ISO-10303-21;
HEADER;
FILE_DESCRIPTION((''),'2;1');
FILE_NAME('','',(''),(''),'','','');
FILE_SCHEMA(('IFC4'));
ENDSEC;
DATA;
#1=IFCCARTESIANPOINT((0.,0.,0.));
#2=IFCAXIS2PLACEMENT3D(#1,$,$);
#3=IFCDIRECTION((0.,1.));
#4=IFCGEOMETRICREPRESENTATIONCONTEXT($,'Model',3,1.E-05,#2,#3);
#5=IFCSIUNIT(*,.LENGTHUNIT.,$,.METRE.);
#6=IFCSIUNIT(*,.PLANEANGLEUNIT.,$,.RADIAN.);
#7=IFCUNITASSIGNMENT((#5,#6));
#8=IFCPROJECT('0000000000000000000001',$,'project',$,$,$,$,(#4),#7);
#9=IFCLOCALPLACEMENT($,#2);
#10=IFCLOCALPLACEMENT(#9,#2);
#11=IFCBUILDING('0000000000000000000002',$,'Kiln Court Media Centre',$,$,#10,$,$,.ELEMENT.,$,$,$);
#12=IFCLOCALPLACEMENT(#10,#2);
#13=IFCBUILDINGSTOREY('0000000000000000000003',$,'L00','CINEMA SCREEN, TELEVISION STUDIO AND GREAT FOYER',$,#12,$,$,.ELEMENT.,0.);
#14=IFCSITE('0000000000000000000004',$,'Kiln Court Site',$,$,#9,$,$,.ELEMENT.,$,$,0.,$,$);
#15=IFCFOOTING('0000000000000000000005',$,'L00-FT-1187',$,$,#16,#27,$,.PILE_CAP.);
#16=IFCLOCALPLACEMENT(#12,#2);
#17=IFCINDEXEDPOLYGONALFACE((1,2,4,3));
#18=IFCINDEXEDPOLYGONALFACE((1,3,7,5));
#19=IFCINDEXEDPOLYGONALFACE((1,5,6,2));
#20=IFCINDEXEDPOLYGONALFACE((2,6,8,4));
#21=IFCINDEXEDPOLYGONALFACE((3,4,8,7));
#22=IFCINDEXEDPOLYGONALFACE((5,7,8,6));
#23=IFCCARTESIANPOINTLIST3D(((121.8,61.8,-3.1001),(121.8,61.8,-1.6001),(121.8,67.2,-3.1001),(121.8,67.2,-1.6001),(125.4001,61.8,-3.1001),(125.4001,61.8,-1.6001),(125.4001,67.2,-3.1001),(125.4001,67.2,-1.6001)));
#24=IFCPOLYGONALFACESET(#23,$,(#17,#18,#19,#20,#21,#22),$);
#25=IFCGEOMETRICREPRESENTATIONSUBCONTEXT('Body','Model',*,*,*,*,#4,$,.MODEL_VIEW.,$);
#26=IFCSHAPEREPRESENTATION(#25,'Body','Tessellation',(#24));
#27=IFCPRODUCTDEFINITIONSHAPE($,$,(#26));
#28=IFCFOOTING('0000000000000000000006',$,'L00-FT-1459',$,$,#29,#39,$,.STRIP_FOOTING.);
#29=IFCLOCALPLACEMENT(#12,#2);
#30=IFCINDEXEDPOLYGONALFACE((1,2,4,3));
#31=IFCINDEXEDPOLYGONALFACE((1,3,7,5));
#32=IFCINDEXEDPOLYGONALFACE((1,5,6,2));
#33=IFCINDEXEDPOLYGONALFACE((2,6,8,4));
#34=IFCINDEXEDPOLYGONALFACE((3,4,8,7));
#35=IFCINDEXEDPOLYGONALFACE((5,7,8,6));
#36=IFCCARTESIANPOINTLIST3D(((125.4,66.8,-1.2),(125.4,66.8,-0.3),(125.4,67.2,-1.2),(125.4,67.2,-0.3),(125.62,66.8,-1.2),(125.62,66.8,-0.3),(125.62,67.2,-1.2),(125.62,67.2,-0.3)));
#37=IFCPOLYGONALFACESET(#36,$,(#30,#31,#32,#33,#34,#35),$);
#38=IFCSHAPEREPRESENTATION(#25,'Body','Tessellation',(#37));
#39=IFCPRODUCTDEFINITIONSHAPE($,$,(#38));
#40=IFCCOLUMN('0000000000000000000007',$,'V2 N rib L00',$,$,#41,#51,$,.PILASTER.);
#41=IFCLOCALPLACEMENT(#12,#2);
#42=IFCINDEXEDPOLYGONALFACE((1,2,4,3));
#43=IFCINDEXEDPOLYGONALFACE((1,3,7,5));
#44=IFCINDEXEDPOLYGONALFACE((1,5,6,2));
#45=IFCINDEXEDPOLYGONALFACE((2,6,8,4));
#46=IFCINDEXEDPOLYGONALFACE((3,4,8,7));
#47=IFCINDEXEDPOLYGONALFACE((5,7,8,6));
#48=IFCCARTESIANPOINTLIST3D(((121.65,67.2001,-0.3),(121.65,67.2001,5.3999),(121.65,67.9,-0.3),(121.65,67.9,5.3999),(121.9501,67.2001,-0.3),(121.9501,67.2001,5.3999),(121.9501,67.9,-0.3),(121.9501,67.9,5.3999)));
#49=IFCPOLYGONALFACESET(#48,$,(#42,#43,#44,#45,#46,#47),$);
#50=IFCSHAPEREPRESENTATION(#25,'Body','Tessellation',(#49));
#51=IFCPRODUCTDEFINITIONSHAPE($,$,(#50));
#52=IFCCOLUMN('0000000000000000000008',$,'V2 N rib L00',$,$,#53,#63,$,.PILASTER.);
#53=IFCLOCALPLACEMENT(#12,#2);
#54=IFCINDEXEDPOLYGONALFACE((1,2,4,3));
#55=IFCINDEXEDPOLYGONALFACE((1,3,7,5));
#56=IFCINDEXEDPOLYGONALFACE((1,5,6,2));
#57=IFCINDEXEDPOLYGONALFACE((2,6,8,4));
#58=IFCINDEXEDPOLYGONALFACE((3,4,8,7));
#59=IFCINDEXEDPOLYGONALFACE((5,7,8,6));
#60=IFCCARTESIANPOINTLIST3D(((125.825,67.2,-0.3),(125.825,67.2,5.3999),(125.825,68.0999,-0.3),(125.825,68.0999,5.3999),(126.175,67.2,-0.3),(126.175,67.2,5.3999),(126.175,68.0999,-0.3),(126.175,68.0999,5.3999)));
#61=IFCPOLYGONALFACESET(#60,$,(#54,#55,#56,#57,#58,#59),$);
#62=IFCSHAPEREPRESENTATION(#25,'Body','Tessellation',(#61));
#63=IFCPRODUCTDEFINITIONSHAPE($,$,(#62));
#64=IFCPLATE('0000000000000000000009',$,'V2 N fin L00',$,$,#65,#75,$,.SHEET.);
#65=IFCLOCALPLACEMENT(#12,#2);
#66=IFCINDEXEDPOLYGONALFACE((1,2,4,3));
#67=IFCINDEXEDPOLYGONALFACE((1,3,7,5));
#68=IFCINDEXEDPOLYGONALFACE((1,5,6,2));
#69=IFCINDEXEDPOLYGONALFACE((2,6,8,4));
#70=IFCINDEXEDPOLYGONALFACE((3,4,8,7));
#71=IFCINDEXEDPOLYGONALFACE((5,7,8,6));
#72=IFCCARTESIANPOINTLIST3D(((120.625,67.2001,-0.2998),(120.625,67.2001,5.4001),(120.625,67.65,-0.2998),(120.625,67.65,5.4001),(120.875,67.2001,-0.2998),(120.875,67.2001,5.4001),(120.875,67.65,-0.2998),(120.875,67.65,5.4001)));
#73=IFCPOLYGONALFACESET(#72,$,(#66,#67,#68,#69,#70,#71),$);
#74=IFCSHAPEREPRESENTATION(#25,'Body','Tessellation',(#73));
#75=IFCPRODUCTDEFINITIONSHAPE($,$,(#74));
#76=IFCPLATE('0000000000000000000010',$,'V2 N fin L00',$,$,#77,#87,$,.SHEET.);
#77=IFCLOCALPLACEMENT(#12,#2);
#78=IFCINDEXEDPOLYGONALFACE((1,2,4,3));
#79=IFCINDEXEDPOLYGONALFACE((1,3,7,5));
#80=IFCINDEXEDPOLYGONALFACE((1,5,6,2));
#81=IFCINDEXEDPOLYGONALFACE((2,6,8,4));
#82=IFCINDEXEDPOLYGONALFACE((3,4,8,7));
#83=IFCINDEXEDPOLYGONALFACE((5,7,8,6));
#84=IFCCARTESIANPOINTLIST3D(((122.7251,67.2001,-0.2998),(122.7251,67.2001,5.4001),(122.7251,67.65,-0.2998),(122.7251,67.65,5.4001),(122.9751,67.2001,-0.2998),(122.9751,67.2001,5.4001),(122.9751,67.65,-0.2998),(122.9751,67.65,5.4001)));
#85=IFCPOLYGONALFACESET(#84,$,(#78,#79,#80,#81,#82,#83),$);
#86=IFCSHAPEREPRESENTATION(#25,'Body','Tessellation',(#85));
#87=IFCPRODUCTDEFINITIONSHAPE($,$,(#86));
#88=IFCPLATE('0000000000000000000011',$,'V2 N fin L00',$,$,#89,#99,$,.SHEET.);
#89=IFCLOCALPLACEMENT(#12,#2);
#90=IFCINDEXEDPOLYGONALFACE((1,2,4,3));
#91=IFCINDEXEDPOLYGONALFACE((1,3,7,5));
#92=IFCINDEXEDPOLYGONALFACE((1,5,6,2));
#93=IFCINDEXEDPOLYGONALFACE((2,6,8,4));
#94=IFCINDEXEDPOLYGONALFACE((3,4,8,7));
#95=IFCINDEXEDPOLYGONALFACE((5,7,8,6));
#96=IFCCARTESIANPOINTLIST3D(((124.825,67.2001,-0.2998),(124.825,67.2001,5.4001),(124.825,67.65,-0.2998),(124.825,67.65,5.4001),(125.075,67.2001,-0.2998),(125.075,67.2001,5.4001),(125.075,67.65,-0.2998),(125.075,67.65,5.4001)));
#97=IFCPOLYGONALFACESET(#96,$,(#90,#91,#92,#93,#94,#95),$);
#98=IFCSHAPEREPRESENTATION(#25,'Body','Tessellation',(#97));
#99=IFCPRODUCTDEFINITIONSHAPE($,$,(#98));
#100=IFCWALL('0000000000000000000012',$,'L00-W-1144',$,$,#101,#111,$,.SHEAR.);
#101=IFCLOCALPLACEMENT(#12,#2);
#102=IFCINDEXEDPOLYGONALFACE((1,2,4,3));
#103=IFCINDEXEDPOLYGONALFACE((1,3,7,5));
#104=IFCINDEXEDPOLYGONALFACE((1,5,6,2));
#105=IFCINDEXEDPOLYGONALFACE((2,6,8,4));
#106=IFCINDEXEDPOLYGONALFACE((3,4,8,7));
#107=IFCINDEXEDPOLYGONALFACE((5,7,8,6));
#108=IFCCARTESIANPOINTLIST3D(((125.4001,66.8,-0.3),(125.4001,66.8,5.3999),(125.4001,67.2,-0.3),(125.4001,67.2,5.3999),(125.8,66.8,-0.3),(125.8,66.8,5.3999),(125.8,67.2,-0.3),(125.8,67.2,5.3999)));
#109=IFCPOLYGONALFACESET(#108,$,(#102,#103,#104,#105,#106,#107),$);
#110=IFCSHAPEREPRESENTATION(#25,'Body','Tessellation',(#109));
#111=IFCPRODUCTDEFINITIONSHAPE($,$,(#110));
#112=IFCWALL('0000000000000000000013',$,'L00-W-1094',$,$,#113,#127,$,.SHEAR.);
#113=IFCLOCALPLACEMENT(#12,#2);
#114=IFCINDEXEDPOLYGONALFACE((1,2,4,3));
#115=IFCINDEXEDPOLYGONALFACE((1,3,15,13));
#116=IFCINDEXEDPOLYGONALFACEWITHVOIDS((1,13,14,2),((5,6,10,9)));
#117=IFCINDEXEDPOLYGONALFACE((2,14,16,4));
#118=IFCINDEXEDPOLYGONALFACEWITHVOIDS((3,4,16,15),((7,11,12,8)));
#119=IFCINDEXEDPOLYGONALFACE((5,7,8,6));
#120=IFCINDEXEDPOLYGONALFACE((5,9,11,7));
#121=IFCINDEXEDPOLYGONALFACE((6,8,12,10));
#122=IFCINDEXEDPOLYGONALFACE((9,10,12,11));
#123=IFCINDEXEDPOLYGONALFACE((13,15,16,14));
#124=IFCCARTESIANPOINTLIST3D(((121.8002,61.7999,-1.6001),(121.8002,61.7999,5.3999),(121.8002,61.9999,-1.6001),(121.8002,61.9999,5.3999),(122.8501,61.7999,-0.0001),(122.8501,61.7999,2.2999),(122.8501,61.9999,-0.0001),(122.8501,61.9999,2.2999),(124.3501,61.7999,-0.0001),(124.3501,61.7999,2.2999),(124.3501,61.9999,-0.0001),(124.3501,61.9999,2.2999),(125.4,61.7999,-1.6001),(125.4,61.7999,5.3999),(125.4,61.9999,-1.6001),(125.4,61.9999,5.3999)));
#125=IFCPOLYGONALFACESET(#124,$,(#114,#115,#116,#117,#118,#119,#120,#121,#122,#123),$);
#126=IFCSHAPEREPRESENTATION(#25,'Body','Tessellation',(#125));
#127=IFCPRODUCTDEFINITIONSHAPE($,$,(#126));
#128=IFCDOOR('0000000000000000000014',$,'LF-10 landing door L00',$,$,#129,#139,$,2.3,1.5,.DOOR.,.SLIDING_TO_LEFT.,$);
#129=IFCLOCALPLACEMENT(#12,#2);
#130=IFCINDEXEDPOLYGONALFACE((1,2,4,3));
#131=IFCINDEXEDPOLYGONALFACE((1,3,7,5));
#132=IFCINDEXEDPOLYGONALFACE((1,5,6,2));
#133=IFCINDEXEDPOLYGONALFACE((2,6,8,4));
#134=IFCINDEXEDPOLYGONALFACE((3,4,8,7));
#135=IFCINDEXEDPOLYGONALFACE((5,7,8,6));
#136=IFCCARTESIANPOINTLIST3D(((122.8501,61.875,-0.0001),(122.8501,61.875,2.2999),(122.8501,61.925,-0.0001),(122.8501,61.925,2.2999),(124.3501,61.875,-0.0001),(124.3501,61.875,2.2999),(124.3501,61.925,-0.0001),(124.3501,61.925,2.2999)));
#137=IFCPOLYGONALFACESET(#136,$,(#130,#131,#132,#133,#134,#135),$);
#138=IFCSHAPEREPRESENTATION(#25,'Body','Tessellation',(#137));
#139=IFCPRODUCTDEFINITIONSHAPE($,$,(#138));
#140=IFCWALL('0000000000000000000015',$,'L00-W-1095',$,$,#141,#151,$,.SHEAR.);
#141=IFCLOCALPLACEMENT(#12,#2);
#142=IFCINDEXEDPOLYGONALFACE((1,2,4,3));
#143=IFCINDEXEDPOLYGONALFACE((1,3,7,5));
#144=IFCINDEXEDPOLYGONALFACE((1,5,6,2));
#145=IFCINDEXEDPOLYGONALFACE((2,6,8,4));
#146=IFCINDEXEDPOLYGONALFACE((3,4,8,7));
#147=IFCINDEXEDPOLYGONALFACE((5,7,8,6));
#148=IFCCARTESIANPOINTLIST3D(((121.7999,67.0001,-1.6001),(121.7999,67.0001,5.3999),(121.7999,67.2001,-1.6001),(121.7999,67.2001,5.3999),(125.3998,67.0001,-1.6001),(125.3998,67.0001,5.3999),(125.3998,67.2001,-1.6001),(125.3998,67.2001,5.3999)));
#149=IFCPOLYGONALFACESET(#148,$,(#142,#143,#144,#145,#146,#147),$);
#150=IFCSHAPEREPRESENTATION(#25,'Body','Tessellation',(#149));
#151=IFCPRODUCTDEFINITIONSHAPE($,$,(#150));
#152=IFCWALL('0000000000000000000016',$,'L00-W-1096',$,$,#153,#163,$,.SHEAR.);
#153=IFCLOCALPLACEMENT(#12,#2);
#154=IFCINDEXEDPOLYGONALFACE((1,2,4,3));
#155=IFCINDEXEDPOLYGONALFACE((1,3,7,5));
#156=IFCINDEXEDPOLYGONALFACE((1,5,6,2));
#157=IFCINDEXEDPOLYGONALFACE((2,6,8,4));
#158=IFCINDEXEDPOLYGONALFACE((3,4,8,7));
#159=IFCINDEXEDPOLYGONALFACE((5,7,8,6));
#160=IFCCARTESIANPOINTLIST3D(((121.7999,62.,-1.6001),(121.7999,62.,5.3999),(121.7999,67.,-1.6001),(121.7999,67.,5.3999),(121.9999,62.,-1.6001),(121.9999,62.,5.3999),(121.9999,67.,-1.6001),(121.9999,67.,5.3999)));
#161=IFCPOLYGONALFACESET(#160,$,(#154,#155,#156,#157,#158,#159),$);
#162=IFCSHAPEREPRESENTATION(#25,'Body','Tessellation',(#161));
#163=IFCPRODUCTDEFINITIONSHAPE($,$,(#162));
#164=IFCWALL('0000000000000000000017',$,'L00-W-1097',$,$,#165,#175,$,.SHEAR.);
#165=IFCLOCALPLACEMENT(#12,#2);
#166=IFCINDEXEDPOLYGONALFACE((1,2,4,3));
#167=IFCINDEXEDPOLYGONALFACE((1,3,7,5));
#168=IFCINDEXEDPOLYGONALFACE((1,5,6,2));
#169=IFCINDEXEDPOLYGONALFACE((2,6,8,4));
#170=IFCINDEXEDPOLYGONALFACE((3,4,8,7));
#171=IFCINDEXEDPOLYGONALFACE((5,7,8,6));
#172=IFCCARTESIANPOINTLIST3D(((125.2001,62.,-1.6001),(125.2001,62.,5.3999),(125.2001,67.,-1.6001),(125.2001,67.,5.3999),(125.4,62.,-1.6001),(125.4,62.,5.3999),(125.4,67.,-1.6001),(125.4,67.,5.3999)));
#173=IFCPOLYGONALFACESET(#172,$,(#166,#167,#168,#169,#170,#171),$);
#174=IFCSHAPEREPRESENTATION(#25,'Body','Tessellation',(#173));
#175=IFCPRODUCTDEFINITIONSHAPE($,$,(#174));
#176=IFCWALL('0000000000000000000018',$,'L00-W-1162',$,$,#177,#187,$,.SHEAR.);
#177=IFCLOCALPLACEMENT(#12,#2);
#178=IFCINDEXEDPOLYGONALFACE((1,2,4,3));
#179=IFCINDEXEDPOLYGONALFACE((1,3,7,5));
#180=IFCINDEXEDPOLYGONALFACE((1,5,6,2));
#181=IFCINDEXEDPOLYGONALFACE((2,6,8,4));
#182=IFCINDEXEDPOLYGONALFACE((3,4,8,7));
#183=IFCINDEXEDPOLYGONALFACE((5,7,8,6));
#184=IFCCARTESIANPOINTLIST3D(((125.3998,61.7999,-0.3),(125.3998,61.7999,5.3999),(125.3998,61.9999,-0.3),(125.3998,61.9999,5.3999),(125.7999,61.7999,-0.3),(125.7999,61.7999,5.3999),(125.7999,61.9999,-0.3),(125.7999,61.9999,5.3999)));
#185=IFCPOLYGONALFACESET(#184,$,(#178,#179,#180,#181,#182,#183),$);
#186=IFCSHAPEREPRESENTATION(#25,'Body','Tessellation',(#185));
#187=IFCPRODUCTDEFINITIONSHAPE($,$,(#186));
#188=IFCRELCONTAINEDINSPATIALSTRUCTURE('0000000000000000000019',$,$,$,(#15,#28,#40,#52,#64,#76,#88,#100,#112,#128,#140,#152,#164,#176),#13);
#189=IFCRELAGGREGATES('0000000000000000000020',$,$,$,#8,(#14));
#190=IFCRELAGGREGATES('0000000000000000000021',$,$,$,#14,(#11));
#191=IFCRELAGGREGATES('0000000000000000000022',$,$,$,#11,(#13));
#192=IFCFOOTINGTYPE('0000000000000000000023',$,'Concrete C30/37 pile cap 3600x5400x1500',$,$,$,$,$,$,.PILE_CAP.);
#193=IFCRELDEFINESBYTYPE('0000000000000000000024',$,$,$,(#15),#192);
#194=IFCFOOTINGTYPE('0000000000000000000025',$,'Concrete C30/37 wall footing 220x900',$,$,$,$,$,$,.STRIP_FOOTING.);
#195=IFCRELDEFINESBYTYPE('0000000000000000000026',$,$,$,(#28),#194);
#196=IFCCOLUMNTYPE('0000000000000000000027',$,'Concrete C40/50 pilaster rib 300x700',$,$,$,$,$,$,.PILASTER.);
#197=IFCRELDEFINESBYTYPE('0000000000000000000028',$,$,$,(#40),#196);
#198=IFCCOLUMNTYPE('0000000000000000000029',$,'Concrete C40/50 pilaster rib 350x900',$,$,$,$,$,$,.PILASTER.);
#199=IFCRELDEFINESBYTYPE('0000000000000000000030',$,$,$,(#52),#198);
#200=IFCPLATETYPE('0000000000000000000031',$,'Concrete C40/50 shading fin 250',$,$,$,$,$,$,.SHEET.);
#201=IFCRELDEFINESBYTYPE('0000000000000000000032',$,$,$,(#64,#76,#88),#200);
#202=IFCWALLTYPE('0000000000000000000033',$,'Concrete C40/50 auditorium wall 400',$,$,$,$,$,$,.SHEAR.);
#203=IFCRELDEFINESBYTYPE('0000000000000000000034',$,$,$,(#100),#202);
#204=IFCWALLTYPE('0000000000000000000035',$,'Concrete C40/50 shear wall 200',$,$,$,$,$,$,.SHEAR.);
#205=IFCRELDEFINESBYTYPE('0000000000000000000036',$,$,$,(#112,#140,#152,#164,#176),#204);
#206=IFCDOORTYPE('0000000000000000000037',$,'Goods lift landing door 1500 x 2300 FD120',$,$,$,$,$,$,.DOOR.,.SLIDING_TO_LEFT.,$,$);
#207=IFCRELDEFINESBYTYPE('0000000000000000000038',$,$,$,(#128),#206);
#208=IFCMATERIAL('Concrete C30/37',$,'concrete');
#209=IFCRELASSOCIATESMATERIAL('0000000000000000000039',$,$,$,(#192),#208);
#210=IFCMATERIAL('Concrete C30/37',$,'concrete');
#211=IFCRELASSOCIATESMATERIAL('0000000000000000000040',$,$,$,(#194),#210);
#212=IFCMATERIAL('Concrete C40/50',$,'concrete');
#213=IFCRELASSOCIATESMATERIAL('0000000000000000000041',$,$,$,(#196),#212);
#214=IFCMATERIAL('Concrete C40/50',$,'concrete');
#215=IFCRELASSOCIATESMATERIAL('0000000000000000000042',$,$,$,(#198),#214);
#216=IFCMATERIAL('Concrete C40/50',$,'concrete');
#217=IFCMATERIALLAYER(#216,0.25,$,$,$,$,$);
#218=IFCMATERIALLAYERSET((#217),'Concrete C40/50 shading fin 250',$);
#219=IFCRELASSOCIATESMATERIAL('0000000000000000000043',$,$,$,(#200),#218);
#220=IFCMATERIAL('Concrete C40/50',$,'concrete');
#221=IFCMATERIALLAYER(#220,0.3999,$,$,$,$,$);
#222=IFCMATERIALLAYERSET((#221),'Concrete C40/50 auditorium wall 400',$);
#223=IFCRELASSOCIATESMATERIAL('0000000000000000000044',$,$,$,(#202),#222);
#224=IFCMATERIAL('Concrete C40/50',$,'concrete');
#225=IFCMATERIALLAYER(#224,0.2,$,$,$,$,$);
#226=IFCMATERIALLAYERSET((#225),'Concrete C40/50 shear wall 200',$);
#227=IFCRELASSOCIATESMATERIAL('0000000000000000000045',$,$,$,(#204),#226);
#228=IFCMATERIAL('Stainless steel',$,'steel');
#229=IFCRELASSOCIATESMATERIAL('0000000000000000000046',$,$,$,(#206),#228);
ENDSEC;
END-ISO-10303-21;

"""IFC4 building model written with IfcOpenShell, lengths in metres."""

from ifc_helpers import new_model, si_unit, direction, frame, frame_2d, origin, origin_2d, place, context, subcontext, project, spatial, rectangle, extrude, material, layer, layer_set, material_profile, profile_set, type_object, element, fill, save


model = new_model("IFC4")

# Units and contexts
model_context = context("Model", 3, precision=1e-05, world=origin(), true_north=direction((0.0, 1.0)))
body_context = subcontext(model_context, "Body", "Model", "MODEL_VIEW")
ifc_project = project(units=[si_unit("LENGTHUNIT", "METRE"), si_unit("PLANEANGLEUNIT", "RADIAN")], contexts=[model_context])

# Site, building, storey
site_placement = place(None, origin())
site = spatial("IfcSite", under=ifc_project, at=site_placement, Name="Kiln Court Site", CompositionType="ELEMENT", RefElevation=0.0)
building_placement = place(site_placement, origin())
building = spatial("IfcBuilding", under=site, at=building_placement, Name="Kiln Court Media Centre", CompositionType="ELEMENT")
storey_placement = place(building_placement, origin())
storey = spatial("IfcBuildingStorey", under=building, at=storey_placement, Name="L00", Description="CINEMA SCREEN, TELEVISION STUDIO AND GREAT FOYER", CompositionType="ELEMENT", Elevation=0.0)

# Footings
ifc_material_1 = material(Name="Concrete C30/37", Category="concrete")
footing_type_1 = type_object("IfcFootingType", Name="Concrete C30/37 pile cap 3600x5400x1500", PredefinedType="PILE_CAP", material=ifc_material_1)
footing_1_placement = place(storey_placement, frame((123.6001, 64.5, -3.1001), z_axis=(0.0, 0.0, 1.0), x_axis=(1.0, 0.0, 0.0)))
element("IfcFooting", 1, at=footing_1_placement, inside=storey, type_object=footing_type_1, Name="L00-FT-1187", PredefinedType="PILE_CAP", context=body_context, shape_type="SweptSolid", body=[
    extrude(rectangle(XDim=3.6001, YDim=5.3999, at=origin_2d()), origin(), (0.0, 0.0, 1.0), 1.5),
])
ifc_material_2 = material(Name="Concrete C30/37", Category="concrete")
footing_type_2 = type_object("IfcFootingType", Name="Concrete C30/37 wall footing 220x900", PredefinedType="STRIP_FOOTING", material=ifc_material_2)
footing_2_placement = place(storey_placement, frame((125.51, 67.0, -1.2), z_axis=(0.0, 0.0, 1.0), x_axis=(1.0, 0.0, 0.0)))
element("IfcFooting", 2, at=footing_2_placement, inside=storey, type_object=footing_type_2, Name="L00-FT-1459", PredefinedType="STRIP_FOOTING", context=body_context, shape_type="SweptSolid", body=[
    extrude(rectangle(XDim=0.22, YDim=0.3999, at=origin_2d()), origin(), (0.0, 0.0, 1.0), 0.8999),
])

# Columns
ifc_material_3 = material(Name="Concrete C40/50", Category="concrete")
ifc_material_profile_1 = material_profile(ifc_material_3, rectangle(XDim=0.3, YDim=0.7, at=origin_2d()), Name="RC 300x700")
ifc_profile_set_1 = profile_set([ifc_material_profile_1], Name="Concrete C40/50")
column_type_1 = type_object("IfcColumnType", Name="Concrete C40/50 pilaster rib 300x700", PredefinedType="PILASTER", material=ifc_profile_set_1)
column_1_placement = place(storey_placement, frame((121.8, 67.55, -0.3), z_axis=(0.0, 0.0, 1.0), x_axis=(1.0, 0.0, 0.0)))
element("IfcColumn", 3, at=column_1_placement, inside=storey, type_object=column_type_1, Name="V2 N rib L00", PredefinedType="PILASTER", context=body_context, shape_type="SweptSolid", body=[
    extrude(rectangle(XDim=0.3, YDim=0.7, at=origin_2d()), origin(), (0.0, 0.0, 1.0), 5.7),
])
ifc_material_4 = material(Name="Concrete C40/50", Category="concrete")
ifc_material_profile_2 = material_profile(ifc_material_4, rectangle(XDim=0.3501, YDim=0.8999, at=origin_2d()), Name="RC 350x900")
ifc_profile_set_2 = profile_set([ifc_material_profile_2], Name="Concrete C40/50")
column_type_2 = type_object("IfcColumnType", Name="Concrete C40/50 pilaster rib 350x900", PredefinedType="PILASTER", material=ifc_profile_set_2)
column_2_placement = place(storey_placement, frame((126.0, 67.6499, -0.3), z_axis=(0.0, 0.0, 1.0), x_axis=(1.0, 0.0, 0.0)))
element("IfcColumn", 4, at=column_2_placement, inside=storey, type_object=column_type_2, Name="V2 N rib L00", PredefinedType="PILASTER", context=body_context, shape_type="SweptSolid", body=[
    extrude(rectangle(XDim=0.3501, YDim=0.8999, at=origin_2d()), origin(), (0.0, 0.0, 1.0), 5.7),
])

# Plates
ifc_material_5 = material(Name="Concrete C40/50", Category="concrete")
ifc_layer_1 = layer(ifc_material_5, 0.25)
ifc_layer_set_1 = layer_set([ifc_layer_1], Name="Concrete C40/50 shading fin 250")
plate_type = type_object("IfcPlateType", Name="Concrete C40/50 shading fin 250", PredefinedType="SHEET", material=ifc_layer_set_1)
for number, where, z_axis, x_axis, name in (
    (5, (120.75, 67.425, -0.2998), (0.0, 0.0, 1.0), (1.0, 0.0, 0.0), "V2 N fin L00"),
    (6, (122.8501, 67.425, -0.2998), (0.0, 0.0, 1.0), (1.0, 0.0, 0.0), "V2 N fin L00"),
    (7, (124.95, 67.425, -0.2998), (0.0, 0.0, 1.0), (1.0, 0.0, 0.0), "V2 N fin L00"),
):
    element("IfcPlate", number, at=place(storey_placement, frame(where, z_axis=z_axis, x_axis=x_axis)), inside=storey, type_object=plate_type, Name=name, PredefinedType="SHEET", context=body_context, shape_type="SweptSolid", body=[
        extrude(rectangle(XDim=0.25, YDim=0.45, at=origin_2d()), origin(), (0.0, 0.0, 1.0), 5.7),
    ])

# Wall
ifc_material_6 = material(Name="Concrete C40/50", Category="concrete")
ifc_layer_2 = layer(ifc_material_6, 0.3999)
ifc_layer_set_2 = layer_set([ifc_layer_2], Name="Concrete C40/50 auditorium wall 400")
wall_type_1 = type_object("IfcWallType", Name="Concrete C40/50 auditorium wall 400", PredefinedType="SHEAR", material=ifc_layer_set_2)
wall_1_placement = place(storey_placement, frame((125.6001, 66.8, -0.3), z_axis=(0.0, 0.0, 1.0), x_axis=(0.0, 1.0, 0.0)))
element("IfcWall", 8, at=wall_1_placement, inside=storey, type_object=wall_type_1, Name="L00-W-1144", PredefinedType="SHEAR", context=body_context, shape_type="SweptSolid", body=[
    extrude(rectangle(XDim=0.3999, YDim=0.3999, at=frame_2d((0.2, 0.0))), origin(), (0.0, 0.0, 1.0), 5.7),
])

# Wall, opening, door
ifc_material_7 = material(Name="Concrete C40/50", Category="concrete")
ifc_layer_3 = layer(ifc_material_7, 0.2)
ifc_layer_set_3 = layer_set([ifc_layer_3], Name="Concrete C40/50 shear wall 200")
wall_type_2 = type_object("IfcWallType", Name="Concrete C40/50 shear wall 200", PredefinedType="SHEAR", material=ifc_layer_set_3)
wall_2_placement = place(storey_placement, frame((125.3999, 61.8999, -1.6001), z_axis=(0.0, 0.0, 1.0), x_axis=(-1.0, 0.0, 0.0)))
wall_2 = element("IfcWall", 9, at=wall_2_placement, inside=storey, type_object=wall_type_2, Name="L00-W-1094", PredefinedType="SHEAR", context=body_context, shape_type="SweptSolid", body=[
    extrude(rectangle(XDim=3.5999, YDim=0.2, at=frame_2d((1.7998, 0.0))), origin(), (0.0, 0.0, 1.0), 7.0),
])
opening_placement = place(wall_2_placement, frame((1.0498, 0.0, 1.6001)))
opening = element("IfcOpeningElement", 10, at=opening_placement, cuts=wall_2, PredefinedType="OPENING", context=body_context, shape_type="SweptSolid", body=[
    extrude(rectangle(XDim=1.5, YDim=2.3, at=frame_2d((0.75, 1.1499))), frame((0.0, 0.1099, 0.0), z_axis=(0.0, -1.0, 0.0), x_axis=(1.0, 0.0, 0.0)), (0.0, 0.0, 1.0), 0.22),
])
ifc_material_8 = material(Name="Stainless steel", Category="steel")
door_type = type_object("IfcDoorType", Name="Goods lift landing door 1500 x 2300 FD120", OperationType="SLIDING_TO_LEFT", PredefinedType="DOOR", material=ifc_material_8)
door_placement = place(opening_placement, origin())
door = element("IfcDoor", 11, at=door_placement, inside=storey, type_object=door_type, Name="LF-10 landing door L00", OperationType="SLIDING_TO_LEFT", OverallHeight=2.3, OverallWidth=1.5, PredefinedType="DOOR", context=body_context, shape_type="SweptSolid", body=[
    extrude(rectangle(XDim=1.5, YDim=2.3, at=frame_2d((0.75, 1.1499))), frame((0.0, 0.0249, 0.0), z_axis=(0.0, -1.0, 0.0), x_axis=(1.0, 0.0, 0.0)), (0.0, 0.0, 1.0), 0.05),
])
fill(opening, door)

# Walls
wall_3_placement = place(storey_placement, frame((121.8, 67.1001, -1.6001), z_axis=(0.0, 0.0, 1.0), x_axis=(1.0, 0.0, 0.0)))
element("IfcWall", 12, at=wall_3_placement, inside=storey, type_object=wall_type_2, Name="L00-W-1095", PredefinedType="SHEAR", context=body_context, shape_type="SweptSolid", body=[
    extrude(rectangle(XDim=3.5999, YDim=0.2, at=frame_2d((1.7998, 0.0))), origin(), (0.0, 0.0, 1.0), 7.0),
])
for number, where, z_axis, x_axis, name in (
    (13, (121.8999, 62.0, -1.6001), (0.0, 0.0, 1.0), (0.0, 1.0, 0.0), "L00-W-1096"),
    (14, (125.3, 67.0, -1.6001), (0.0, 0.0, 1.0), (0.0, -1.0, 0.0), "L00-W-1097"),
):
    element("IfcWall", number, at=place(storey_placement, frame(where, z_axis=z_axis, x_axis=x_axis)), inside=storey, type_object=wall_type_2, Name=name, PredefinedType="SHEAR", context=body_context, shape_type="SweptSolid", body=[
        extrude(rectangle(XDim=5.0, YDim=0.2, at=frame_2d((2.5, 0.0))), origin(), (0.0, 0.0, 1.0), 7.0),
    ])
wall_4_placement = place(storey_placement, frame((125.8, 61.8999, -0.3), z_axis=(0.0, 0.0, 1.0), x_axis=(-1.0, 0.0, 0.0)))
element("IfcWall", 15, at=wall_4_placement, inside=storey, type_object=wall_type_2, Name="L00-W-1162", PredefinedType="SHEAR", context=body_context, shape_type="SweptSolid", body=[
    extrude(rectangle(XDim=0.4001, YDim=0.2, at=frame_2d((0.2002, 0.0))), origin(), (0.0, 0.0, 1.0), 5.7),
])

save(model, "model.ifc")
